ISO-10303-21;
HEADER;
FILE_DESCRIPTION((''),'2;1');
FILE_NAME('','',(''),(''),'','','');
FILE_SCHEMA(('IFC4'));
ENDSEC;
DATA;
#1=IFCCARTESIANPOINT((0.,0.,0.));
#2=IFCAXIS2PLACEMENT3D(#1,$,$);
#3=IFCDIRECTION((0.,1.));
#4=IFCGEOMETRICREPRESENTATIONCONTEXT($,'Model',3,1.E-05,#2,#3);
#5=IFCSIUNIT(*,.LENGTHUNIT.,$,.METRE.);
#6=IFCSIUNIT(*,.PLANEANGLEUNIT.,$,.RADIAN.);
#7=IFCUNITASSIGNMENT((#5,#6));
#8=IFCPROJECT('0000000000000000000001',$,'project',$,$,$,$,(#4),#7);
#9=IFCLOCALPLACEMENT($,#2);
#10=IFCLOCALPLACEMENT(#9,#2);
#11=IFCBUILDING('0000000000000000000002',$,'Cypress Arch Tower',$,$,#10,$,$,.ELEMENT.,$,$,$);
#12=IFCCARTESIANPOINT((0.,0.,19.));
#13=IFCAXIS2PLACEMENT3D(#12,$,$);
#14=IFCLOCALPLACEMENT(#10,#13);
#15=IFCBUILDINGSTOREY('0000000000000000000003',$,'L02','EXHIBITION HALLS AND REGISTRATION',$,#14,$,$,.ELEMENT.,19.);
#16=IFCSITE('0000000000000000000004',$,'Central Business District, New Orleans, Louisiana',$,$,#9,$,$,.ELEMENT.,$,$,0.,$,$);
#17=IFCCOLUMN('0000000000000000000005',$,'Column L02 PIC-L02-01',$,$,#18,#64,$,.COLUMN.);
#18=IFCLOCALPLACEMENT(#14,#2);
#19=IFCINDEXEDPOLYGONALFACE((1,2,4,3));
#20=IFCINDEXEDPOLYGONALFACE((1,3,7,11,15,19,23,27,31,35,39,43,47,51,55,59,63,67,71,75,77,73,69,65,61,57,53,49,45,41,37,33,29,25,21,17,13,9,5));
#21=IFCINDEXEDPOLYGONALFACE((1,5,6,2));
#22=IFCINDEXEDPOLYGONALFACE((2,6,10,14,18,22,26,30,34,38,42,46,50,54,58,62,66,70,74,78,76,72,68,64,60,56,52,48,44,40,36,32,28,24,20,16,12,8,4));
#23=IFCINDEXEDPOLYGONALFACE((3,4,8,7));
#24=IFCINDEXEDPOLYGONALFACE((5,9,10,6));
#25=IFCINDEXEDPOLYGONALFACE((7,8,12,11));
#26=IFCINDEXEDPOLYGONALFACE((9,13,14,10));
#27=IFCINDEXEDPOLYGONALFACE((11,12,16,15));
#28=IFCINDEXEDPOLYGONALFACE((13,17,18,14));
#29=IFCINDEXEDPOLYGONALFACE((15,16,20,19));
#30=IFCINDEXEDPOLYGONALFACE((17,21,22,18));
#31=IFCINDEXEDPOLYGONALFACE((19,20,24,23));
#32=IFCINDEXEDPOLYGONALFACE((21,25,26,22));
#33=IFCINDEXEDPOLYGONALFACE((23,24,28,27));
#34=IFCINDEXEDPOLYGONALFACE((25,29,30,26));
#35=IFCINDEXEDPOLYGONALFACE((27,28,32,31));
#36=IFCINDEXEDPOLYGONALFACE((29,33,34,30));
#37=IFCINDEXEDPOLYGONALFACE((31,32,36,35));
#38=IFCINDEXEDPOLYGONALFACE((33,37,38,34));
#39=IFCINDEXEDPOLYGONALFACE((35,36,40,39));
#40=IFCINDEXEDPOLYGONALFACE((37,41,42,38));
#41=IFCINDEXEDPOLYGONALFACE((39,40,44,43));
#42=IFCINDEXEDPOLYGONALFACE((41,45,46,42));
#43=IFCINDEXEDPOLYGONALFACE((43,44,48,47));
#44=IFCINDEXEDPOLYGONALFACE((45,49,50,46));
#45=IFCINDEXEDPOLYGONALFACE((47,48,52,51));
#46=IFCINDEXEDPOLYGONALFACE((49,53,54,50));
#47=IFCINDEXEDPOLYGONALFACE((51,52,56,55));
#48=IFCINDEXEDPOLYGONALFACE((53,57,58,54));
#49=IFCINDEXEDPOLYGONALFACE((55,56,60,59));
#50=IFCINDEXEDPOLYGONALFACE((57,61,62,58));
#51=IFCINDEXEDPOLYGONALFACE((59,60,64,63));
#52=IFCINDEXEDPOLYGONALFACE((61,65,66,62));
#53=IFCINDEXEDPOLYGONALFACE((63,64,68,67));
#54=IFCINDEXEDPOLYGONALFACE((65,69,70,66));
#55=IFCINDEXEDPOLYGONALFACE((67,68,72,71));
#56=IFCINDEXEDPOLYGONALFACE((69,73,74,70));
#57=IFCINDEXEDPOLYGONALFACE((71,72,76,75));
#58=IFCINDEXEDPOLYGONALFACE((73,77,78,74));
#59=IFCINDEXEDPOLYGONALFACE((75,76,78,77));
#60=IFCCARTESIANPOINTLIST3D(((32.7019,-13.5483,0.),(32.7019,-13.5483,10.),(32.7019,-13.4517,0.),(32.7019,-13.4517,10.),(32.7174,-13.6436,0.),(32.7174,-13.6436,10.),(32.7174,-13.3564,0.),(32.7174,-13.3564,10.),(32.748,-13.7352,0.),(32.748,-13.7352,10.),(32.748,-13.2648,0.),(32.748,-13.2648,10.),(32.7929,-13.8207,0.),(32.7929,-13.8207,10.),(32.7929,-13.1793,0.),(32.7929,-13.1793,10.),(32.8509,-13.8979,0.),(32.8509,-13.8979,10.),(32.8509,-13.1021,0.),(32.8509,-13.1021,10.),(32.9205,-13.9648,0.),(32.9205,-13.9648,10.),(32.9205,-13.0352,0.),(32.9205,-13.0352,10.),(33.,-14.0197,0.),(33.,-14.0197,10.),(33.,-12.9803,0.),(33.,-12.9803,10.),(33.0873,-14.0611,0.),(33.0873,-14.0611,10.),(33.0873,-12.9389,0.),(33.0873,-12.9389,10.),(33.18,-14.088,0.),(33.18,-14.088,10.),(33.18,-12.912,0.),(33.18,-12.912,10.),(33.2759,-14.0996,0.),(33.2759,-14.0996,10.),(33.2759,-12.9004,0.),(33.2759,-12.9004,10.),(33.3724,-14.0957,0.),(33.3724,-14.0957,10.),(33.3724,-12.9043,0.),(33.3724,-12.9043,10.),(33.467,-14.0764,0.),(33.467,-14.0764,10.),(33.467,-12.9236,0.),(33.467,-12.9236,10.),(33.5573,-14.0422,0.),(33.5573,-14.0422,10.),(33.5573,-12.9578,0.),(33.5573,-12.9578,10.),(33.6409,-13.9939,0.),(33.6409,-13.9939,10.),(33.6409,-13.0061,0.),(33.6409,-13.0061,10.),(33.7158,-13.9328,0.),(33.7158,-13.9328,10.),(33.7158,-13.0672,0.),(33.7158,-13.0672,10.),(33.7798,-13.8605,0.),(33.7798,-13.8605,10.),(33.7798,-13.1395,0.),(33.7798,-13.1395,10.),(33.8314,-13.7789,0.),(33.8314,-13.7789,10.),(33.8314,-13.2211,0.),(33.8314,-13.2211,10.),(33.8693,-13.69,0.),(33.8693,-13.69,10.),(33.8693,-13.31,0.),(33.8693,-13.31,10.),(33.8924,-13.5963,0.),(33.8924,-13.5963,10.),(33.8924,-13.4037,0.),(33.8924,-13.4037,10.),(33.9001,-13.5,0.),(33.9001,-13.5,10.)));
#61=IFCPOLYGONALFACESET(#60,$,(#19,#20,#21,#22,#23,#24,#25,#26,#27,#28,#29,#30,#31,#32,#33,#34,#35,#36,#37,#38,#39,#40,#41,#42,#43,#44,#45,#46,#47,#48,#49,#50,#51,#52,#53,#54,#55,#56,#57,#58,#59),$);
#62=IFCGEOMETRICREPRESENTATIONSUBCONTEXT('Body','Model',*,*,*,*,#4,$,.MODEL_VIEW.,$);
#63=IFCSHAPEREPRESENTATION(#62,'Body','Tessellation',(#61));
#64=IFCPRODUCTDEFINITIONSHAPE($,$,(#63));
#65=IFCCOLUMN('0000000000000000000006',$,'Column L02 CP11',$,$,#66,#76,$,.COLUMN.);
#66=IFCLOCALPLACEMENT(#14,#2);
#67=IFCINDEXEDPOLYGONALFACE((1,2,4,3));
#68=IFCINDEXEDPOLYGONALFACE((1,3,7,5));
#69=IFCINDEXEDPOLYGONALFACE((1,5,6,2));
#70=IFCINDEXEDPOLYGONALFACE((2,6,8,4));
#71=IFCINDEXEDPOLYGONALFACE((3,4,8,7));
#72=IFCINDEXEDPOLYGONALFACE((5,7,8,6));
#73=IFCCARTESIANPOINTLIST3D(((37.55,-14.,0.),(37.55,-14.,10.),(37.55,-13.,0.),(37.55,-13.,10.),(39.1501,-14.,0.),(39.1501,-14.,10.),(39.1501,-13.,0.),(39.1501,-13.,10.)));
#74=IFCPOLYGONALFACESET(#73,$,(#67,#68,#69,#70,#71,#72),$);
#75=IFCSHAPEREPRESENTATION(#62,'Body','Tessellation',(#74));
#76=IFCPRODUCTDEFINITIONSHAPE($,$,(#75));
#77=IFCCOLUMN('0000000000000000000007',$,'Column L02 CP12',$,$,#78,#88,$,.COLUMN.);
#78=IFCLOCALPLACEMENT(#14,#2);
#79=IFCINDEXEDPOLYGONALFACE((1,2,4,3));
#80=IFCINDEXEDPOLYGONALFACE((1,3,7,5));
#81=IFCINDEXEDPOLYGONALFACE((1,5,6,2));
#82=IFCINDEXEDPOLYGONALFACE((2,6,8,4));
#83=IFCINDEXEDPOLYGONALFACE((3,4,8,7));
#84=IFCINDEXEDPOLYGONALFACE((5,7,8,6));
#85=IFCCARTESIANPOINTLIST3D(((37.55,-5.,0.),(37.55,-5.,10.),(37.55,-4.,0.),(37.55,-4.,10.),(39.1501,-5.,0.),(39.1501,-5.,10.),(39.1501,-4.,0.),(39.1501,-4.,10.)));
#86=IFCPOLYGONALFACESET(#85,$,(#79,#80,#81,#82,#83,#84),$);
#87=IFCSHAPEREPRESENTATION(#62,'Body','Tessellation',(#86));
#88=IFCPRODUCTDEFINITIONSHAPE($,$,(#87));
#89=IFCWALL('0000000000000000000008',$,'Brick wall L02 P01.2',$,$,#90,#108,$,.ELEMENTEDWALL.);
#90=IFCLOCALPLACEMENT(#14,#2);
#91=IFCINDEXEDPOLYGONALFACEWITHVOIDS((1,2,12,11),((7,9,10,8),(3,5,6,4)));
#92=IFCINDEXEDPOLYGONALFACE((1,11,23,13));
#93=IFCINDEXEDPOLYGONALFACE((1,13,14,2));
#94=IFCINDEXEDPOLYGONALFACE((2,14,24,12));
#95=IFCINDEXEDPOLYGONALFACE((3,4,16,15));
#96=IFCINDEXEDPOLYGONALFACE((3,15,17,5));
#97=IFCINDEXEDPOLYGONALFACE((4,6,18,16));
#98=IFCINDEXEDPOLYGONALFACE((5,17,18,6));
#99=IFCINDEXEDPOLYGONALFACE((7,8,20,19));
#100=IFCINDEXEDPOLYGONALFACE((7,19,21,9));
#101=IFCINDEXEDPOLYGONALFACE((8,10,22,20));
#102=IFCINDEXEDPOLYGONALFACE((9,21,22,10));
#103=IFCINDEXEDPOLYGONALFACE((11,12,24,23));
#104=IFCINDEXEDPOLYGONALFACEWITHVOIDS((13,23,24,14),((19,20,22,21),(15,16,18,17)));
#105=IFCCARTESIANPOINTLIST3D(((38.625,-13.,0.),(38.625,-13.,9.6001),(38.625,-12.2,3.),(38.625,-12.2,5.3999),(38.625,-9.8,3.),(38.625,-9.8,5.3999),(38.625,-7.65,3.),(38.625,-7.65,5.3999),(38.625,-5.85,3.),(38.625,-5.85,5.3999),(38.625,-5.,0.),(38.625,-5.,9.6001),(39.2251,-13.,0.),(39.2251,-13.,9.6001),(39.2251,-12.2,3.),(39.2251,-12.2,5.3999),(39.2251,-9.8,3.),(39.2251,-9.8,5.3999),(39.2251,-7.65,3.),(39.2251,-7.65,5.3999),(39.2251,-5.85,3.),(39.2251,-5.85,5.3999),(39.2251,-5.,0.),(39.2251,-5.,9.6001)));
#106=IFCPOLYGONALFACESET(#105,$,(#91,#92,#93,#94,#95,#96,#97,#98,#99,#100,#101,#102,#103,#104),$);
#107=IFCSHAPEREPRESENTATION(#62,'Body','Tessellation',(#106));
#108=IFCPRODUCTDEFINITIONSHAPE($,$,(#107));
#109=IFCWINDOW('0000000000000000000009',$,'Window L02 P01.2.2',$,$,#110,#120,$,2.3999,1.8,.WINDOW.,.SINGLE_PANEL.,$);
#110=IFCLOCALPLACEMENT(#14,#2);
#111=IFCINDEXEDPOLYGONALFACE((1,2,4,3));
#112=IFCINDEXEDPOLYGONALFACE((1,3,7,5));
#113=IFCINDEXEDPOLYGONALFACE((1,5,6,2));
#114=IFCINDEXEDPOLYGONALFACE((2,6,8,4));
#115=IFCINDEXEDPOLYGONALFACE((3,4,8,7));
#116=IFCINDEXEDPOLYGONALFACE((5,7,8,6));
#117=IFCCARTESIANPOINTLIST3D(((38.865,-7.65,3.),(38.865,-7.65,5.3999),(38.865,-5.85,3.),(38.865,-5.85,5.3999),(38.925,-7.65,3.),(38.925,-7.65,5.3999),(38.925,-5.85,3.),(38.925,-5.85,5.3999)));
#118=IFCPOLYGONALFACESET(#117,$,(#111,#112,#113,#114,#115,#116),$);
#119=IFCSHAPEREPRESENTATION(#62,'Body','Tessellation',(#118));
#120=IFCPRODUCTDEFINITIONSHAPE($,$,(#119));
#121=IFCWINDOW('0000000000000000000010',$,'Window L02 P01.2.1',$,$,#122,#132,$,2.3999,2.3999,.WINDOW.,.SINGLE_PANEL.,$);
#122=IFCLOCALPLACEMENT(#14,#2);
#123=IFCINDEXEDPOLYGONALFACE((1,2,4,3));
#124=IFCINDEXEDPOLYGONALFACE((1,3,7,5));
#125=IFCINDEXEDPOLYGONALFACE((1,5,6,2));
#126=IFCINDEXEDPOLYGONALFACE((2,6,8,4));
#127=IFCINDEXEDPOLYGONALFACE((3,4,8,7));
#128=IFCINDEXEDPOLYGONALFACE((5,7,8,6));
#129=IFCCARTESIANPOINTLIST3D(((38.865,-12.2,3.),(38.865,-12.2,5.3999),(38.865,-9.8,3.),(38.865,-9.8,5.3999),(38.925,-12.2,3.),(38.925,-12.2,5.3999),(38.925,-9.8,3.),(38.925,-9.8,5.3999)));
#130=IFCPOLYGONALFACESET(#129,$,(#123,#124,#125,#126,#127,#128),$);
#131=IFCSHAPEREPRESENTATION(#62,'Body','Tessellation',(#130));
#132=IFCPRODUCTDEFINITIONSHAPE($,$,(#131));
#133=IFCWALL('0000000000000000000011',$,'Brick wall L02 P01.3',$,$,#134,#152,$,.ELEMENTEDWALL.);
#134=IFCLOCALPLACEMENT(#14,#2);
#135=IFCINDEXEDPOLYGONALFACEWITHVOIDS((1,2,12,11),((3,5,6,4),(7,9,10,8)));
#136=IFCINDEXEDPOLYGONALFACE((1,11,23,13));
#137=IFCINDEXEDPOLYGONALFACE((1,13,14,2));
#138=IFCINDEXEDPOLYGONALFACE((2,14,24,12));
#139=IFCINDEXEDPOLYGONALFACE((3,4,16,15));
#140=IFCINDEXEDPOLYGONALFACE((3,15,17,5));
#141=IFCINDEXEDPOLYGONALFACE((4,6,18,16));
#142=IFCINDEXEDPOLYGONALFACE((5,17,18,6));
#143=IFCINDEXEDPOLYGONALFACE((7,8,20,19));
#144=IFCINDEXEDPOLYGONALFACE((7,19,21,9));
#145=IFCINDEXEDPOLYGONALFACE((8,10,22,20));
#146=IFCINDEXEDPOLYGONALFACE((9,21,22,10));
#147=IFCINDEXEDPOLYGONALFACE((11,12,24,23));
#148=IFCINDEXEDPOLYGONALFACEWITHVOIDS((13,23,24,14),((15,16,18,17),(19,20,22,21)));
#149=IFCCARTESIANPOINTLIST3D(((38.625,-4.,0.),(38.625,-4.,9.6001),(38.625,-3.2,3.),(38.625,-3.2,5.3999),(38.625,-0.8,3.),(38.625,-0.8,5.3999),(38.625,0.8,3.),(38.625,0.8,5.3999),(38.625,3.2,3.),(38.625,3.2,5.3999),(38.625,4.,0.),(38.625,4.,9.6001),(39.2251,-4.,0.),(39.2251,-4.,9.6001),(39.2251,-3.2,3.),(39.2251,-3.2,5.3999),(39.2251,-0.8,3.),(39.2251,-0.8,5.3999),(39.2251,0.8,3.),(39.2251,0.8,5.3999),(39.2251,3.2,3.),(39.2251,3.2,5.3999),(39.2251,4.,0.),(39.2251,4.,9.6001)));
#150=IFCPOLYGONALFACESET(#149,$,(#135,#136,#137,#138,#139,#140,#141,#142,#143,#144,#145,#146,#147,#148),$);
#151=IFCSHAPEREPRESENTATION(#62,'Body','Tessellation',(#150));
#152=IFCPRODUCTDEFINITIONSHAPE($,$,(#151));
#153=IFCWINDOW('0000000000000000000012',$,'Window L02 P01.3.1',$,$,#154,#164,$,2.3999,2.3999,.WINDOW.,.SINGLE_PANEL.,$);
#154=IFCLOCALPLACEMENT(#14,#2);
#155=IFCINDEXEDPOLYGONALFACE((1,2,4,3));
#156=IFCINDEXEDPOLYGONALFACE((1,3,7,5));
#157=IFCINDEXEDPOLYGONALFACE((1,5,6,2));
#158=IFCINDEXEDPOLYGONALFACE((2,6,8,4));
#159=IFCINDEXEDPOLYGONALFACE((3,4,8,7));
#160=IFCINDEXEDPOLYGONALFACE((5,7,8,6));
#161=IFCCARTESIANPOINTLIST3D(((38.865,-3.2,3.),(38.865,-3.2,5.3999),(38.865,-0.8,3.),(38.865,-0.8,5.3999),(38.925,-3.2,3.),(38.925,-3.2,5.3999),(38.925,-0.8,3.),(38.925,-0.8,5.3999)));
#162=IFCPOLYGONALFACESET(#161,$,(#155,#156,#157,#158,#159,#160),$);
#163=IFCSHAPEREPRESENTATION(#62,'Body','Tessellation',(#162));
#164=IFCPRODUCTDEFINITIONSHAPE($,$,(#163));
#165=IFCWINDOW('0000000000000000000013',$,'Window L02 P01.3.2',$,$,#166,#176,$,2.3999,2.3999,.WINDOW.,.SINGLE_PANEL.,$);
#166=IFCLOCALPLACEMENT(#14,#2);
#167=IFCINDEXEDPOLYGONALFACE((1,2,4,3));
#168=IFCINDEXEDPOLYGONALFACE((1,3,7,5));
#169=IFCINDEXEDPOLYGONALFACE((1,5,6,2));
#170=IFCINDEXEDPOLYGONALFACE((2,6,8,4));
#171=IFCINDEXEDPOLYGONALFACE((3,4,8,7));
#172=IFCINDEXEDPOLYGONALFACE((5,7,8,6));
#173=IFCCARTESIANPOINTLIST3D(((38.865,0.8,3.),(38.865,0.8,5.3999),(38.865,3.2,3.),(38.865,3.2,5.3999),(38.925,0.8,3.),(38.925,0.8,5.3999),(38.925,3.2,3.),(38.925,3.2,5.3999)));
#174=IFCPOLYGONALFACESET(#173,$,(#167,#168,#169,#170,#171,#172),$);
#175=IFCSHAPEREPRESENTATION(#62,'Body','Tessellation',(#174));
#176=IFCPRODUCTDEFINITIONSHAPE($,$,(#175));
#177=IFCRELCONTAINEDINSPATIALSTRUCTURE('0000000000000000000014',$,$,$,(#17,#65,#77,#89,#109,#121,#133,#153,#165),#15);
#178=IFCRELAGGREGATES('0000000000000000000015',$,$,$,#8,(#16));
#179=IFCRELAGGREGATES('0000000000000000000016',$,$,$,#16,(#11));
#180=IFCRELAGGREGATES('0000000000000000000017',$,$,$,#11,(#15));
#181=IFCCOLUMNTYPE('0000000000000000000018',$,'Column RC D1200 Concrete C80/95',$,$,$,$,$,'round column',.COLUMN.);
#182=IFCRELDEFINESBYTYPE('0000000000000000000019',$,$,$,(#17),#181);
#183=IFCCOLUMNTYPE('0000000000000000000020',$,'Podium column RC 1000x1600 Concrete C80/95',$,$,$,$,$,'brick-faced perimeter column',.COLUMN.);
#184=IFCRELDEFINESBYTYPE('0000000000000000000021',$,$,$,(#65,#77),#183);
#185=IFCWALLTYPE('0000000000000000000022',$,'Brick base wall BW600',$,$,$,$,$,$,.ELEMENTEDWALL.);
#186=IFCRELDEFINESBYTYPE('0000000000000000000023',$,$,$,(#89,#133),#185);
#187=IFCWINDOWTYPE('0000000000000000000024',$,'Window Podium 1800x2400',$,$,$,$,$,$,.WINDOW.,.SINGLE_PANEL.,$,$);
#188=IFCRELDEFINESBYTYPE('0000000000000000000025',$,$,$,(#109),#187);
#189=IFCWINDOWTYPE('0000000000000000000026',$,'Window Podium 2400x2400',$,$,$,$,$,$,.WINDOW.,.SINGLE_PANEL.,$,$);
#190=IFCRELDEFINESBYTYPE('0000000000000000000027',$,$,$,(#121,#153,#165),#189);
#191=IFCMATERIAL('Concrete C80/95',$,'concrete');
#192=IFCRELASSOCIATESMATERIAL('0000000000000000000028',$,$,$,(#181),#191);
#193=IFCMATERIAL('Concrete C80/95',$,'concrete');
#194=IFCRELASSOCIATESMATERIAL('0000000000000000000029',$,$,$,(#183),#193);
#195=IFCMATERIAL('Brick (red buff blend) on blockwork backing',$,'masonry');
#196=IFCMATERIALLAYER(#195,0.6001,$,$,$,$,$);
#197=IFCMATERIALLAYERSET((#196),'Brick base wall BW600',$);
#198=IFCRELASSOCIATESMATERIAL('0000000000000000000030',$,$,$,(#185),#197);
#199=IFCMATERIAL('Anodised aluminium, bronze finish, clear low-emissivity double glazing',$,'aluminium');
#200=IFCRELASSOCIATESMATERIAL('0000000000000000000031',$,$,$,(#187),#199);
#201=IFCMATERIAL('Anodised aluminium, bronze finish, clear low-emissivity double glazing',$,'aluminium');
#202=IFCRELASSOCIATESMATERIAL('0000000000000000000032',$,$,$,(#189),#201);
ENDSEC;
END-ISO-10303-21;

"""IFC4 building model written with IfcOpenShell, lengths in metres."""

from ifc_helpers import new_model, si_unit, direction, frame, frame_2d, origin, origin_2d, place, context, subcontext, project, spatial, rectangle, circle, extrude, material, layer, layer_set, material_profile, profile_set, type_object, element, fill, save


model = new_model("IFC4")

# Units and contexts
model_context = context("Model", 3, precision=1e-05, world=origin(), true_north=direction((0.0, 1.0)))
body_context = subcontext(model_context, "Body", "Model", "MODEL_VIEW")
ifc_project = project(units=[si_unit("LENGTHUNIT", "METRE"), si_unit("PLANEANGLEUNIT", "RADIAN")], contexts=[model_context])

# Site, building, storey
site_placement = place(None, origin())
site = spatial("IfcSite", under=ifc_project, at=site_placement, Name="Central Business District, New Orleans, Louisiana", CompositionType="ELEMENT", RefElevation=0.0)
building_placement = place(site_placement, origin())
building = spatial("IfcBuilding", under=site, at=building_placement, Name="Cypress Arch Tower", CompositionType="ELEMENT")
storey_placement = place(building_placement, frame((0.0, 0.0, 19.0)))
storey = spatial("IfcBuildingStorey", under=building, at=storey_placement, Name="L02", Description="EXHIBITION HALLS AND REGISTRATION", CompositionType="ELEMENT", Elevation=19.0)

# Columns
ifc_material_1 = material(Name="Concrete C80/95", Category="concrete")
ifc_material_profile_1 = material_profile(ifc_material_1, circle(Radius=0.6001, at=origin_2d()), Name="RC D1200")
ifc_profile_set_1 = profile_set([ifc_material_profile_1], Name="Concrete C80/95")
column_type_1 = type_object("IfcColumnType", Name="Column RC D1200 Concrete C80/95", ElementType="round column", PredefinedType="COLUMN", material=ifc_profile_set_1)
column_placement = place(storey_placement, frame((33.3, -13.5, 0.0), z_axis=(0.0, 0.0, 1.0), x_axis=(1.0, 0.0, 0.0)))
element("IfcColumn", 1, at=column_placement, inside=storey, type_object=column_type_1, Name="Column L02 PIC-L02-01", PredefinedType="COLUMN", context=body_context, shape_type="SweptSolid", body=[
    extrude(circle(Radius=0.6001, at=origin_2d()), origin(), (0.0, 0.0, 1.0), 10.0),
])
ifc_material_2 = material(Name="Concrete C80/95", Category="concrete")
ifc_material_profile_2 = material_profile(ifc_material_2, rectangle(XDim=1.0, YDim=1.6001, at=origin_2d()), Name="RC 1000x1600")
ifc_profile_set_2 = profile_set([ifc_material_profile_2], Name="Concrete C80/95")
column_type_2 = type_object("IfcColumnType", Name="Podium column RC 1000x1600 Concrete C80/95", ElementType="brick-faced perimeter column", PredefinedType="COLUMN", material=ifc_profile_set_2)
for number, where, z_axis, x_axis, name in (
    (2, (38.3501, -13.5, 0.0), (0.0, 0.0, 1.0), (0.0, 1.0, 0.0), "Column L02 CP11"),
    (3, (38.3501, -4.5, 0.0), (0.0, 0.0, 1.0), (0.0, 1.0, 0.0), "Column L02 CP12"),
):
    element("IfcColumn", number, at=place(storey_placement, frame(where, z_axis=z_axis, x_axis=x_axis)), inside=storey, type_object=column_type_2, Name=name, PredefinedType="COLUMN", context=body_context, shape_type="SweptSolid", body=[
        extrude(rectangle(XDim=1.0, YDim=1.6001, at=origin_2d()), origin(), (0.0, 0.0, 1.0), 10.0),
    ])

# Walls, openings, windows
ifc_material_3 = material(Name="Brick (red buff blend) on blockwork backing", Category="masonry")
ifc_layer_1 = layer(ifc_material_3, 0.6001)
ifc_layer_set_1 = layer_set([ifc_layer_1], Name="Brick base wall BW600")
wall_type_1 = type_object("IfcWallType", Name="Brick base wall BW600", PredefinedType="ELEMENTEDWALL", material=ifc_layer_set_1)
wall_1_placement = place(storey_placement, frame((38.925, -13.0, 0.0), z_axis=(0.0, 0.0, 1.0), x_axis=(0.0, 1.0, 0.0)))
wall_1 = element("IfcWall", 4, at=wall_1_placement, inside=storey, type_object=wall_type_1, Name="Brick wall L02 P01.2", PredefinedType="ELEMENTEDWALL", context=body_context, shape_type="SweptSolid", body=[
    extrude(rectangle(XDim=8.0, YDim=0.6001, at=frame_2d((4.0, 0.0))), origin(), (0.0, 0.0, 1.0), 9.6001),
])
opening_1_placement = place(wall_1_placement, frame((0.8, 0.0, 3.0)))
opening_1 = element("IfcOpeningElement", 5, at=opening_1_placement, cuts=wall_1, PredefinedType="OPENING", context=body_context, shape_type="SweptSolid", body=[
    extrude(rectangle(XDim=2.3999, YDim=2.3999, at=frame_2d((1.2, 1.2))), frame((0.0, 0.3101, 0.0), z_axis=(0.0, -1.0, 0.0), x_axis=(1.0, 0.0, 0.0)), (0.0, 0.0, 1.0), 0.6201),
])
opening_2_placement = place(wall_1_placement, frame((5.3501, 0.0, 3.0)))
opening_2 = element("IfcOpeningElement", 6, at=opening_2_placement, cuts=wall_1, PredefinedType="OPENING", context=body_context, shape_type="SweptSolid", body=[
    extrude(rectangle(XDim=1.8, YDim=2.3999, at=frame_2d((0.8999, 1.2))), frame((0.0, 0.3101, 0.0), z_axis=(0.0, -1.0, 0.0), x_axis=(1.0, 0.0, 0.0)), (0.0, 0.0, 1.0), 0.6201),
])
ifc_material_4 = material(Name="Anodised aluminium, bronze finish, clear low-emissivity double glazing", Category="aluminium")
window_type_1 = type_object("IfcWindowType", Name="Window Podium 1800x2400", PartitioningType="SINGLE_PANEL", PredefinedType="WINDOW", material=ifc_material_4)
window_1_placement = place(opening_2_placement, origin())
window_1 = element("IfcWindow", 7, at=window_1_placement, inside=storey, type_object=window_type_1, Name="Window L02 P01.2.2", OverallHeight=2.3999, OverallWidth=1.8, PartitioningType="SINGLE_PANEL", PredefinedType="WINDOW", context=body_context, shape_type="SweptSolid", body=[
    extrude(rectangle(XDim=1.8, YDim=2.3999, at=frame_2d((0.8999, 1.2))), frame((0.0, 0.0601, 0.0), z_axis=(0.0, -1.0, 0.0), x_axis=(1.0, 0.0, 0.0)), (0.0, 0.0, 1.0), 0.0601),
])
fill(opening_2, window_1)
ifc_material_5 = material(Name="Anodised aluminium, bronze finish, clear low-emissivity double glazing", Category="aluminium")
window_type_2 = type_object("IfcWindowType", Name="Window Podium 2400x2400", PartitioningType="SINGLE_PANEL", PredefinedType="WINDOW", material=ifc_material_5)
window_2_placement = place(opening_1_placement, origin())
window_2 = element("IfcWindow", 8, at=window_2_placement, inside=storey, type_object=window_type_2, Name="Window L02 P01.2.1", OverallHeight=2.3999, OverallWidth=2.3999, PartitioningType="SINGLE_PANEL", PredefinedType="WINDOW", context=body_context, shape_type="SweptSolid", body=[
    extrude(rectangle(XDim=2.3999, YDim=2.3999, at=frame_2d((1.2, 1.2))), frame((0.0, 0.0601, 0.0), z_axis=(0.0, -1.0, 0.0), x_axis=(1.0, 0.0, 0.0)), (0.0, 0.0, 1.0), 0.0601),
])
fill(opening_1, window_2)
wall_2_placement = place(storey_placement, frame((38.925, -4.0, 0.0), z_axis=(0.0, 0.0, 1.0), x_axis=(0.0, 1.0, 0.0)))
wall_2 = element("IfcWall", 9, at=wall_2_placement, inside=storey, type_object=wall_type_1, Name="Brick wall L02 P01.3", PredefinedType="ELEMENTEDWALL", context=body_context, shape_type="SweptSolid", body=[
    extrude(rectangle(XDim=8.0, YDim=0.6001, at=frame_2d((4.0, 0.0))), origin(), (0.0, 0.0, 1.0), 9.6001),
])
opening_3_placement = place(wall_2_placement, frame((0.8, 0.0, 3.0)))
opening_3 = element("IfcOpeningElement", 10, at=opening_3_placement, cuts=wall_2, PredefinedType="OPENING", context=body_context, shape_type="SweptSolid", body=[
    extrude(rectangle(XDim=2.3999, YDim=2.3999, at=frame_2d((1.2, 1.2))), frame((0.0, 0.3101, 0.0), z_axis=(0.0, -1.0, 0.0), x_axis=(1.0, 0.0, 0.0)), (0.0, 0.0, 1.0), 0.6201),
])
opening_4_placement = place(wall_2_placement, frame((4.8, 0.0, 3.0)))
opening_4 = element("IfcOpeningElement", 11, at=opening_4_placement, cuts=wall_2, PredefinedType="OPENING", context=body_context, shape_type="SweptSolid", body=[
    extrude(rectangle(XDim=2.3999, YDim=2.3999, at=frame_2d((1.2, 1.2))), frame((0.0, 0.3101, 0.0), z_axis=(0.0, -1.0, 0.0), x_axis=(1.0, 0.0, 0.0)), (0.0, 0.0, 1.0), 0.6201),
])
window_3_placement = place(opening_3_placement, origin())
window_3 = element("IfcWindow", 12, at=window_3_placement, inside=storey, type_object=window_type_2, Name="Window L02 P01.3.1", OverallHeight=2.3999, OverallWidth=2.3999, PartitioningType="SINGLE_PANEL", PredefinedType="WINDOW", context=body_context, shape_type="SweptSolid", body=[
    extrude(rectangle(XDim=2.3999, YDim=2.3999, at=frame_2d((1.2, 1.2))), frame((0.0, 0.0601, 0.0), z_axis=(0.0, -1.0, 0.0), x_axis=(1.0, 0.0, 0.0)), (0.0, 0.0, 1.0), 0.0601),
])
fill(opening_3, window_3)
window_4_placement = place(opening_4_placement, origin())
window_4 = element("IfcWindow", 13, at=window_4_placement, inside=storey, type_object=window_type_2, Name="Window L02 P01.3.2", OverallHeight=2.3999, OverallWidth=2.3999, PartitioningType="SINGLE_PANEL", PredefinedType="WINDOW", context=body_context, shape_type="SweptSolid", body=[
    extrude(rectangle(XDim=2.3999, YDim=2.3999, at=frame_2d((1.2, 1.2))), frame((0.0, 0.0601, 0.0), z_axis=(0.0, -1.0, 0.0), x_axis=(1.0, 0.0, 0.0)), (0.0, 0.0, 1.0), 0.0601),
])
fill(opening_4, window_4)

save(model, "model.ifc")
